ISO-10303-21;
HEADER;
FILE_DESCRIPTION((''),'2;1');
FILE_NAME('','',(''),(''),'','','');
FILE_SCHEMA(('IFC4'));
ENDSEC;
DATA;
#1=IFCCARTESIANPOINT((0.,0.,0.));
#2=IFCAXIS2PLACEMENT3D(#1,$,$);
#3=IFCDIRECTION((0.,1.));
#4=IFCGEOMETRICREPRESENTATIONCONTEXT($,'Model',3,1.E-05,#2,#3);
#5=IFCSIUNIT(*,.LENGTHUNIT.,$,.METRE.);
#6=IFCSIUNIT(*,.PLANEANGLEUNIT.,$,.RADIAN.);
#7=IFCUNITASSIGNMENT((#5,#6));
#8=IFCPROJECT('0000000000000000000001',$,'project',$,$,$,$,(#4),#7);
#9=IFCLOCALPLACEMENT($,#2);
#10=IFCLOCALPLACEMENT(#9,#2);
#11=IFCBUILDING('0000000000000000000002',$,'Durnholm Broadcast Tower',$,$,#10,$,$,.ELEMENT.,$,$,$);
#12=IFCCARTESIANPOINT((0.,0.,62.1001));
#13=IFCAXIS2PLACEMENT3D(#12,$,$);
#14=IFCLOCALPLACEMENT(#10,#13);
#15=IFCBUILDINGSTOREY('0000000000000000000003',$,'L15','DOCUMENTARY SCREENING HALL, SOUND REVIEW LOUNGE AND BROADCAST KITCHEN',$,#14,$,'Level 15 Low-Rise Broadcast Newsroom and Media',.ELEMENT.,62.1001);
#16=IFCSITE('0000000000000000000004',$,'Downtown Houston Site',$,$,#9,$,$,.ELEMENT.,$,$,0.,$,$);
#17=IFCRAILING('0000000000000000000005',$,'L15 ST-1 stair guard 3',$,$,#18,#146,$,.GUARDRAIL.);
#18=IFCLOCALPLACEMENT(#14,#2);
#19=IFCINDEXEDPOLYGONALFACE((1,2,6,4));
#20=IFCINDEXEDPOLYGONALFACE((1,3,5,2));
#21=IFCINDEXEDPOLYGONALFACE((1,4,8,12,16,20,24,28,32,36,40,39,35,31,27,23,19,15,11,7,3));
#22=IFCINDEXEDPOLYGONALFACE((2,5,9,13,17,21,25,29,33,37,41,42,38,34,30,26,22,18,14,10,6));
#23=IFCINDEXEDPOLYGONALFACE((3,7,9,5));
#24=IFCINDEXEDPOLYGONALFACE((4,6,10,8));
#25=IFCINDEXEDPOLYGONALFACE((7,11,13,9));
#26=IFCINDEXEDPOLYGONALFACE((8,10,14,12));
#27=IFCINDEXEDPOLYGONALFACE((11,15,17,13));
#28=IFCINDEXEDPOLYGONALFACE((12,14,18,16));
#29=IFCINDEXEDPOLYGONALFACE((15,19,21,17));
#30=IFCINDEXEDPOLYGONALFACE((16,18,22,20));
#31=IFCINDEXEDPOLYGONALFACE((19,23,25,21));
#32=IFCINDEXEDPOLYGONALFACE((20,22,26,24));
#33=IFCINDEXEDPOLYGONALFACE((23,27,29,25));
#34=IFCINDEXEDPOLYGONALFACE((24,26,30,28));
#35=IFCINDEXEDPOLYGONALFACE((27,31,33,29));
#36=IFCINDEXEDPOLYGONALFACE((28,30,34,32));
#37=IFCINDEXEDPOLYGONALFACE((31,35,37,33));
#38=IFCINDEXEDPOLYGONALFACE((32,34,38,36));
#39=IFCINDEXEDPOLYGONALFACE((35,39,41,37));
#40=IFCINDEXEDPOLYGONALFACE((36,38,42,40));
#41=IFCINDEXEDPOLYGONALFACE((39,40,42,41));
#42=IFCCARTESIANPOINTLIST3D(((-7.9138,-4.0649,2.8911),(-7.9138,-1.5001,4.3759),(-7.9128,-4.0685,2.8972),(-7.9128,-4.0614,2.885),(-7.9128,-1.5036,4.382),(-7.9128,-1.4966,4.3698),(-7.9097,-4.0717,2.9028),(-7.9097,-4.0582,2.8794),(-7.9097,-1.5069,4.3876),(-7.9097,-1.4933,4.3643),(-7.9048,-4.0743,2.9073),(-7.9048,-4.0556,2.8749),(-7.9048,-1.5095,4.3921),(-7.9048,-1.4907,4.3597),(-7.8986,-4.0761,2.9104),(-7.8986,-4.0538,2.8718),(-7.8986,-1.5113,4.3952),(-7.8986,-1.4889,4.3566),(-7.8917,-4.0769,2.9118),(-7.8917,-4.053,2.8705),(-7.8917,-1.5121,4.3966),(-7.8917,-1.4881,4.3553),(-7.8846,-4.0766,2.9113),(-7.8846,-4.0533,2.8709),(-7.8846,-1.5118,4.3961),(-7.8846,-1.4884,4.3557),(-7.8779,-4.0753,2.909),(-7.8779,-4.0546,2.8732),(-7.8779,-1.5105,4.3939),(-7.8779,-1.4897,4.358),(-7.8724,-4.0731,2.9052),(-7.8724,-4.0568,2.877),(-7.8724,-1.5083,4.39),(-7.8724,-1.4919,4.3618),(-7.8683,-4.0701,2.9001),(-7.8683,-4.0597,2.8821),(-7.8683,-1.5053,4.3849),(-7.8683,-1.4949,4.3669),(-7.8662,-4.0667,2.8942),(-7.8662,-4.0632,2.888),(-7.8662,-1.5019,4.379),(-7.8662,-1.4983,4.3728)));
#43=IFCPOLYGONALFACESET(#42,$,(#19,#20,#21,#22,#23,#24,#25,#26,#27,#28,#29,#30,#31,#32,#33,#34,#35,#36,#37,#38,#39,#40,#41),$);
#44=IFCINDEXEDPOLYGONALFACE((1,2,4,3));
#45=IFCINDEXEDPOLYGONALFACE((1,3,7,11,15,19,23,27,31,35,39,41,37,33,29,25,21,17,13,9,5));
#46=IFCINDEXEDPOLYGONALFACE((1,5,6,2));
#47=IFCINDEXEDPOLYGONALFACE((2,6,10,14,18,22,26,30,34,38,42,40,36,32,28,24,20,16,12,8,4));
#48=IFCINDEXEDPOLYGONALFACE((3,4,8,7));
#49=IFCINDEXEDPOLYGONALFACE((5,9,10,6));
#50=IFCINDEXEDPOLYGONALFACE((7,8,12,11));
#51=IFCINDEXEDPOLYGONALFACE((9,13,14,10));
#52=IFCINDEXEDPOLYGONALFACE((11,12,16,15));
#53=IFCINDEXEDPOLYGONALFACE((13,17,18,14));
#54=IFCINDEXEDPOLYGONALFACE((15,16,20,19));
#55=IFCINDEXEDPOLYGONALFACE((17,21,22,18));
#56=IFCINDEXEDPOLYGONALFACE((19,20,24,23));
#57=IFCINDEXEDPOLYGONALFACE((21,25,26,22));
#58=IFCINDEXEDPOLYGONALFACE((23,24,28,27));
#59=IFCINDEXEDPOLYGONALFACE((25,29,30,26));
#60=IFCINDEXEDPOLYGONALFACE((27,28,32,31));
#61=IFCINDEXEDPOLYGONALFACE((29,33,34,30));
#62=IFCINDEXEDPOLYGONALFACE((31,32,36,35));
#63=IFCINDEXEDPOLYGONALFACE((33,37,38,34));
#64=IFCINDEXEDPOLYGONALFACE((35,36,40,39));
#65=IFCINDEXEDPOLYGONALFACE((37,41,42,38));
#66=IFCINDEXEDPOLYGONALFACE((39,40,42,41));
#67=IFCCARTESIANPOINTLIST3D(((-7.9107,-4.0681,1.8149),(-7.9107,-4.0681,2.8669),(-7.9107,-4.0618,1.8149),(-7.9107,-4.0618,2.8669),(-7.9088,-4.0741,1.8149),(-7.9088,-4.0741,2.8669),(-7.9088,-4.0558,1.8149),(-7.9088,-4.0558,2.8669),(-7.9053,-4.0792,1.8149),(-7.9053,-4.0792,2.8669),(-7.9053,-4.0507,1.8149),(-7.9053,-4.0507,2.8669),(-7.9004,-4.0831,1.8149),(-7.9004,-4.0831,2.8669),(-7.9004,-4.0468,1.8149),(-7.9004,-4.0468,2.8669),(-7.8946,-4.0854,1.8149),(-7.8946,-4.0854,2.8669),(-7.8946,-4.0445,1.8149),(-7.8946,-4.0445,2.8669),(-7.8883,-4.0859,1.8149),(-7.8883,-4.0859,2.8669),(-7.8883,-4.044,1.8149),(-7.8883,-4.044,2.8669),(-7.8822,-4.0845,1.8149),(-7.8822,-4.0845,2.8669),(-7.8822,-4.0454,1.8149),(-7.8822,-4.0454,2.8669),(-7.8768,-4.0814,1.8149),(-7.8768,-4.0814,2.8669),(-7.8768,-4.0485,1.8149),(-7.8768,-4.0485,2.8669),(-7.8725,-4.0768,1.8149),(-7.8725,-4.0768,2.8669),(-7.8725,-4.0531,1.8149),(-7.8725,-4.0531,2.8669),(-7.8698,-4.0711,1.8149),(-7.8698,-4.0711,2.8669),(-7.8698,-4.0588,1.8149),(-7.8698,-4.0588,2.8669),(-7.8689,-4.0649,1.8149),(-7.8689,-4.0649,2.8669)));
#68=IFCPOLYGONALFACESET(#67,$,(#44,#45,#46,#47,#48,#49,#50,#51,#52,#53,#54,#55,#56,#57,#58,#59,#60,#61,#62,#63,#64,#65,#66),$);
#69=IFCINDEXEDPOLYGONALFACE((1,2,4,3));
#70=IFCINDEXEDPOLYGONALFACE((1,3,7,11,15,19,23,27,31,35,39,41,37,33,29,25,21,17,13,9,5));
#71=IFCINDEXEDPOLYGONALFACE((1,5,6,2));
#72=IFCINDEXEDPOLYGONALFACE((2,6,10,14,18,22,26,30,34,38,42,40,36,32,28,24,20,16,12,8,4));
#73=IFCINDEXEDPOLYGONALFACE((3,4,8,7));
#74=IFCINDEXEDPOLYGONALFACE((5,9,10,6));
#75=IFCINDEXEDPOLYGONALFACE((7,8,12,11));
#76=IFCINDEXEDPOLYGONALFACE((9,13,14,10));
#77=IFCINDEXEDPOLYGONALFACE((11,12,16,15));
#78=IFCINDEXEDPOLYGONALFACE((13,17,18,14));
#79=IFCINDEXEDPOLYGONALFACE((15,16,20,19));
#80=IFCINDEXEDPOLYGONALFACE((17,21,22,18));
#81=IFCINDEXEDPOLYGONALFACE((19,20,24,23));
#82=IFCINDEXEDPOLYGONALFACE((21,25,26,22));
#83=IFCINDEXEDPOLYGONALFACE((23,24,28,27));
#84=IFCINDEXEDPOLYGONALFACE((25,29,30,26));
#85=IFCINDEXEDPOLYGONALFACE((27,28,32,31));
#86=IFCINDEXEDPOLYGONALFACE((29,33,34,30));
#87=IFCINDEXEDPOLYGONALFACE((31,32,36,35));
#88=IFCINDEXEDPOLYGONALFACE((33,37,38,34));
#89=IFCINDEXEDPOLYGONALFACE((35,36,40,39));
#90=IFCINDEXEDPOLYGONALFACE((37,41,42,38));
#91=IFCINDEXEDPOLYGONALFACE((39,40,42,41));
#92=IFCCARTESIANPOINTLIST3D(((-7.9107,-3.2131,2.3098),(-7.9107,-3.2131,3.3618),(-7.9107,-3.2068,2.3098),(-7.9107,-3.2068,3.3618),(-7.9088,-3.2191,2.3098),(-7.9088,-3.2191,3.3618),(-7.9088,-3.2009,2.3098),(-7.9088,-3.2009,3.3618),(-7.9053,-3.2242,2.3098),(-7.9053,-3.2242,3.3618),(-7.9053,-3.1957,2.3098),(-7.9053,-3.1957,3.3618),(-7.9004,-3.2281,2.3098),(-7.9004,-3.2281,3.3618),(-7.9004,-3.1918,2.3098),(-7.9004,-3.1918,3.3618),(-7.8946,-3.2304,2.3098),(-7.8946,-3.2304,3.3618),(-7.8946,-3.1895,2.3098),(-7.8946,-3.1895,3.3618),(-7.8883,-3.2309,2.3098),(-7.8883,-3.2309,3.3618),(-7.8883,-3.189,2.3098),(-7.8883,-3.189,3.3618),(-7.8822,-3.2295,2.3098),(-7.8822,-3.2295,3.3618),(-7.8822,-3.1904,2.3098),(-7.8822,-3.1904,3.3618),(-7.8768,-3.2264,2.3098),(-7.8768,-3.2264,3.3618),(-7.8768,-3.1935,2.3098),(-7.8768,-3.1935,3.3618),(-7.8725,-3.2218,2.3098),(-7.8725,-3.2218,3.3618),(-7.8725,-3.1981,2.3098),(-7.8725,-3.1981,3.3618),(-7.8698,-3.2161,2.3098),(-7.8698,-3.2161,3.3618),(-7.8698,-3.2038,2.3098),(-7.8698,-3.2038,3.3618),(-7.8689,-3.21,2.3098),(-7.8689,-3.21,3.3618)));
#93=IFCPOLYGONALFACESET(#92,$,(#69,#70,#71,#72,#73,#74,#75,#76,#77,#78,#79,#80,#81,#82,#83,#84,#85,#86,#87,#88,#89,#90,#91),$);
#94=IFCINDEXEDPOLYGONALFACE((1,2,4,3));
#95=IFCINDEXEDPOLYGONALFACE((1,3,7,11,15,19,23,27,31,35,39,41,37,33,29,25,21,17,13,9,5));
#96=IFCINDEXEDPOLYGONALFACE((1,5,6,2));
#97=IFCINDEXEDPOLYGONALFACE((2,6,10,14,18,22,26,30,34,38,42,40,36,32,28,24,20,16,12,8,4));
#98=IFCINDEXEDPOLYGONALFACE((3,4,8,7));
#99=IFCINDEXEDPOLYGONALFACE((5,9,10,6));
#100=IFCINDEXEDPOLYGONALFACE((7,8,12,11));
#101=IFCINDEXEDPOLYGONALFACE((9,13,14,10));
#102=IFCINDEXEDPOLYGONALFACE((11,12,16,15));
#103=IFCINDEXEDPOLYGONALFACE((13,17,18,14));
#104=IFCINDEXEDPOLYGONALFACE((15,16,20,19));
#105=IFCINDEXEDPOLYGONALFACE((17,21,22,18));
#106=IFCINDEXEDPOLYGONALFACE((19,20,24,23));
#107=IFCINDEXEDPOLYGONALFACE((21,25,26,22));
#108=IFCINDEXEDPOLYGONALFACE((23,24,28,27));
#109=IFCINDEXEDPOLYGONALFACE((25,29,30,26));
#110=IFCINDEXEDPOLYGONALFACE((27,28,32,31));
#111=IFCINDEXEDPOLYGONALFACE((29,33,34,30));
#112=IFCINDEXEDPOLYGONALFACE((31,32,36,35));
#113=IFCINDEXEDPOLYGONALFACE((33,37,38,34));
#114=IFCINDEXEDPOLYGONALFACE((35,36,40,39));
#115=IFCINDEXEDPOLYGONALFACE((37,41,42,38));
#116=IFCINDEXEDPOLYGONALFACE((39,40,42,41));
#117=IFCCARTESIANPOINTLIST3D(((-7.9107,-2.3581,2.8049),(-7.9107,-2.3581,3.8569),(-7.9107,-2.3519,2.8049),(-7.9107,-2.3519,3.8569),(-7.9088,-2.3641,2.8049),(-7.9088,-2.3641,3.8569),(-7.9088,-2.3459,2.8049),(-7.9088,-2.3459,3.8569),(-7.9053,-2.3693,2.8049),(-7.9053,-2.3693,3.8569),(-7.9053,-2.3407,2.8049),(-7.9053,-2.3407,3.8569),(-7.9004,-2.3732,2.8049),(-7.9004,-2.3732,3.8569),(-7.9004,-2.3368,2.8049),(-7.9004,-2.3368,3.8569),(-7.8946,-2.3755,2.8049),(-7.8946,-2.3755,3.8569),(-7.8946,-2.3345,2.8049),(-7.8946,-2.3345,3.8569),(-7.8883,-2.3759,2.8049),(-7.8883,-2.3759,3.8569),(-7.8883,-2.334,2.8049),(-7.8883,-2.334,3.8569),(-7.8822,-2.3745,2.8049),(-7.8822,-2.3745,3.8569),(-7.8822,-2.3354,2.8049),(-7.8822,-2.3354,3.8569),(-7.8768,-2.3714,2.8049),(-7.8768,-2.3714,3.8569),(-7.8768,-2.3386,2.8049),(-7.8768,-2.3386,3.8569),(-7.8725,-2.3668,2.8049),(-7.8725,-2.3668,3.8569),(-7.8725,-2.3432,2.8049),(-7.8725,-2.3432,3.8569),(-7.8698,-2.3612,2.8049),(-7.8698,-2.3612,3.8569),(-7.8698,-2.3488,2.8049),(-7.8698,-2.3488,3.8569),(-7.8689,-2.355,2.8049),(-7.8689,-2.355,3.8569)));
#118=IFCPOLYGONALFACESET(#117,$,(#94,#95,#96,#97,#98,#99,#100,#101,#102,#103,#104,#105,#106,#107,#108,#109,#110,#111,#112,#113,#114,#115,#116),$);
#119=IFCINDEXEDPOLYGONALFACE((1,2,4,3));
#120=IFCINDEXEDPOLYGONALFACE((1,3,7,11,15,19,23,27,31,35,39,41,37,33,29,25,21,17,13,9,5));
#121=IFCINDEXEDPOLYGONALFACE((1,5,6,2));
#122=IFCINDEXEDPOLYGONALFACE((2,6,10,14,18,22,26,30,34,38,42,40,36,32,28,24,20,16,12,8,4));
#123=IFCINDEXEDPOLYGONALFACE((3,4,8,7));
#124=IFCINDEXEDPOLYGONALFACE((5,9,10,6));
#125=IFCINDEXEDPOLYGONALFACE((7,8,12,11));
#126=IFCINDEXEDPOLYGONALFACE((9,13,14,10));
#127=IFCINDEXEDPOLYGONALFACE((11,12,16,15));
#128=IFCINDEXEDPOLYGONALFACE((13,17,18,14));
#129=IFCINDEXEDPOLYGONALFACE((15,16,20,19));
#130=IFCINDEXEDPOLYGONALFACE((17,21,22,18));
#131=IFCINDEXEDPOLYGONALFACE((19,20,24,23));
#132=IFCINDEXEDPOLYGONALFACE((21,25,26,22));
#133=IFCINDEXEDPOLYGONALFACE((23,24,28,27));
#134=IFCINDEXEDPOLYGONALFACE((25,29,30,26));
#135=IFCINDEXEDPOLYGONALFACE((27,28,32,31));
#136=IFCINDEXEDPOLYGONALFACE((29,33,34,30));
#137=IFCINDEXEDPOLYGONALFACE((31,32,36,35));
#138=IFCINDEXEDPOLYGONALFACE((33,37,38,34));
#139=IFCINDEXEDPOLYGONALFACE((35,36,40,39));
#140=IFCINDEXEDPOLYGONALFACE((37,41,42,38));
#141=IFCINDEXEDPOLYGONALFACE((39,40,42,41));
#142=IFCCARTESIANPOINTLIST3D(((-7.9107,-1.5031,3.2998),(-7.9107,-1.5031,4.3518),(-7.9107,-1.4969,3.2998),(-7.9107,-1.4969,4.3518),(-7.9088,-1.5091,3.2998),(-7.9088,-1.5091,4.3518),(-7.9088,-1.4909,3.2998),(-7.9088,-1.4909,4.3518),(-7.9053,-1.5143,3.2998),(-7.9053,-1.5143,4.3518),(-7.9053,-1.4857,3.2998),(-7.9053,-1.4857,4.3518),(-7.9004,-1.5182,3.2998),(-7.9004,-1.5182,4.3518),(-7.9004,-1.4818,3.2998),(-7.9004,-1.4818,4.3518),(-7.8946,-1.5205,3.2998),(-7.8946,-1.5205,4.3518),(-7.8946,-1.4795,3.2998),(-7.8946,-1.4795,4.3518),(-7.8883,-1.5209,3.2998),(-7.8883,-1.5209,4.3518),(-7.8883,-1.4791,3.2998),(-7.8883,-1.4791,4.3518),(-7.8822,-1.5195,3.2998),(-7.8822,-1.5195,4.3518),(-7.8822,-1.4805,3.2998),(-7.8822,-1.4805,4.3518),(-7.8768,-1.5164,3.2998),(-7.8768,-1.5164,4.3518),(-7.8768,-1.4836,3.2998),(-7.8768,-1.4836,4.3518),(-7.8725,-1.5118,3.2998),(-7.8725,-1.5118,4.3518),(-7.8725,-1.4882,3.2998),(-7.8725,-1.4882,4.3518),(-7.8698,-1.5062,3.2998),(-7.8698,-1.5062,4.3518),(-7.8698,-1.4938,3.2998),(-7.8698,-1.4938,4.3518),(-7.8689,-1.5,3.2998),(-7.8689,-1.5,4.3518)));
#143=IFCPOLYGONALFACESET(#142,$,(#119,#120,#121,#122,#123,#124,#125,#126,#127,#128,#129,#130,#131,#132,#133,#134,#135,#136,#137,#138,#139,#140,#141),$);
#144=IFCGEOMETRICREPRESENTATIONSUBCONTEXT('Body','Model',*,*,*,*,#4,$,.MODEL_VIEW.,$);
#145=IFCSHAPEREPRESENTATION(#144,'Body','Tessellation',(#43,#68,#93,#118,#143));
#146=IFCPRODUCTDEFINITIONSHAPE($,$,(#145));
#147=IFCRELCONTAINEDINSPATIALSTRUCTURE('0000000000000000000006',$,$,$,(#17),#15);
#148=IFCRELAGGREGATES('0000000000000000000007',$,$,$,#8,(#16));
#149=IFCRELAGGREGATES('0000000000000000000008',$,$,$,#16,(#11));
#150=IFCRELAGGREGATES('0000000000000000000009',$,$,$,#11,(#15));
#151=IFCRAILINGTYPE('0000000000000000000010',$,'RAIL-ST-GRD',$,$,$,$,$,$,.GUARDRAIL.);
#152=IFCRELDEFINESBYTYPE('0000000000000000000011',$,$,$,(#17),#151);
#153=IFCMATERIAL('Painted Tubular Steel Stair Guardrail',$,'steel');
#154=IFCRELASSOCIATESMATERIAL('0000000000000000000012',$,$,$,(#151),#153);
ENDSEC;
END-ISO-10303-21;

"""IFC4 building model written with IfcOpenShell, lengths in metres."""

from ifc_helpers import new_model, si_unit, direction, frame, origin, origin_2d, place, context, subcontext, project, spatial, circle, extrude, material, type_object, element, save


model = new_model("IFC4")

# Units and contexts
model_context = context("Model", 3, precision=1e-05, world=origin(), true_north=direction((0.0, 1.0)))
body_context = subcontext(model_context, "Body", "Model", "MODEL_VIEW")
ifc_project = project(units=[si_unit("LENGTHUNIT", "METRE"), si_unit("PLANEANGLEUNIT", "RADIAN")], contexts=[model_context])

# Site, building, storey
site_placement = place(None, origin())
site = spatial("IfcSite", under=ifc_project, at=site_placement, Name="Downtown Houston Site", CompositionType="ELEMENT", RefElevation=0.0)
building_placement = place(site_placement, origin())
building = spatial("IfcBuilding", under=site, at=building_placement, Name="Durnholm Broadcast Tower", CompositionType="ELEMENT")
storey_placement = place(building_placement, frame((0.0, 0.0, 62.1001)))
storey = spatial("IfcBuildingStorey", under=building, at=storey_placement, Name="L15", Description="DOCUMENTARY SCREENING HALL, SOUND REVIEW LOUNGE AND BROADCAST KITCHEN", LongName="Level 15 Low-Rise Broadcast Newsroom and Media", CompositionType="ELEMENT", Elevation=62.1001)

# Railing
ifc_material_1 = material(Name="Painted Tubular Steel Stair Guardrail", Category="steel")
railing_type_1 = type_object("IfcRailingType", Name="RAIL-ST-GRD", PredefinedType="GUARDRAIL", material=ifc_material_1)
railing_1_placement = place(storey_placement, frame((-7.8899, -4.0649, 1.8149)))
element("IfcRailing", 1, at=railing_1_placement, inside=storey, type_object=railing_type_1, Name="L15 ST-1 stair guard 3", PredefinedType="GUARDRAIL", context=body_context, shape_type="SweptSolid", body=[
    extrude(circle(Radius=0.0239, at=origin_2d()), frame((0.0, 0.0, 1.0762), z_axis=(0.0, 0.865441, 0.50101), x_axis=(-1.0, 0.0, 0.0)), (0.0, 0.0, 1.0), 2.9636),
    extrude(circle(Radius=0.021, at=origin_2d()), origin(), (0.0, 0.0, 1.0), 1.052),
    extrude(circle(Radius=0.021, at=origin_2d()), frame((0.0, 0.855, 0.4949)), (0.0, 0.0, 1.0), 1.052),
    extrude(circle(Radius=0.021, at=origin_2d()), frame((0.0, 1.71, 0.99)), (0.0, 0.0, 1.0), 1.052),
    extrude(circle(Radius=0.021, at=origin_2d()), frame((0.0, 2.5649, 1.4849)), (0.0, 0.0, 1.0), 1.052),
])

save(model, "model.ifc")
